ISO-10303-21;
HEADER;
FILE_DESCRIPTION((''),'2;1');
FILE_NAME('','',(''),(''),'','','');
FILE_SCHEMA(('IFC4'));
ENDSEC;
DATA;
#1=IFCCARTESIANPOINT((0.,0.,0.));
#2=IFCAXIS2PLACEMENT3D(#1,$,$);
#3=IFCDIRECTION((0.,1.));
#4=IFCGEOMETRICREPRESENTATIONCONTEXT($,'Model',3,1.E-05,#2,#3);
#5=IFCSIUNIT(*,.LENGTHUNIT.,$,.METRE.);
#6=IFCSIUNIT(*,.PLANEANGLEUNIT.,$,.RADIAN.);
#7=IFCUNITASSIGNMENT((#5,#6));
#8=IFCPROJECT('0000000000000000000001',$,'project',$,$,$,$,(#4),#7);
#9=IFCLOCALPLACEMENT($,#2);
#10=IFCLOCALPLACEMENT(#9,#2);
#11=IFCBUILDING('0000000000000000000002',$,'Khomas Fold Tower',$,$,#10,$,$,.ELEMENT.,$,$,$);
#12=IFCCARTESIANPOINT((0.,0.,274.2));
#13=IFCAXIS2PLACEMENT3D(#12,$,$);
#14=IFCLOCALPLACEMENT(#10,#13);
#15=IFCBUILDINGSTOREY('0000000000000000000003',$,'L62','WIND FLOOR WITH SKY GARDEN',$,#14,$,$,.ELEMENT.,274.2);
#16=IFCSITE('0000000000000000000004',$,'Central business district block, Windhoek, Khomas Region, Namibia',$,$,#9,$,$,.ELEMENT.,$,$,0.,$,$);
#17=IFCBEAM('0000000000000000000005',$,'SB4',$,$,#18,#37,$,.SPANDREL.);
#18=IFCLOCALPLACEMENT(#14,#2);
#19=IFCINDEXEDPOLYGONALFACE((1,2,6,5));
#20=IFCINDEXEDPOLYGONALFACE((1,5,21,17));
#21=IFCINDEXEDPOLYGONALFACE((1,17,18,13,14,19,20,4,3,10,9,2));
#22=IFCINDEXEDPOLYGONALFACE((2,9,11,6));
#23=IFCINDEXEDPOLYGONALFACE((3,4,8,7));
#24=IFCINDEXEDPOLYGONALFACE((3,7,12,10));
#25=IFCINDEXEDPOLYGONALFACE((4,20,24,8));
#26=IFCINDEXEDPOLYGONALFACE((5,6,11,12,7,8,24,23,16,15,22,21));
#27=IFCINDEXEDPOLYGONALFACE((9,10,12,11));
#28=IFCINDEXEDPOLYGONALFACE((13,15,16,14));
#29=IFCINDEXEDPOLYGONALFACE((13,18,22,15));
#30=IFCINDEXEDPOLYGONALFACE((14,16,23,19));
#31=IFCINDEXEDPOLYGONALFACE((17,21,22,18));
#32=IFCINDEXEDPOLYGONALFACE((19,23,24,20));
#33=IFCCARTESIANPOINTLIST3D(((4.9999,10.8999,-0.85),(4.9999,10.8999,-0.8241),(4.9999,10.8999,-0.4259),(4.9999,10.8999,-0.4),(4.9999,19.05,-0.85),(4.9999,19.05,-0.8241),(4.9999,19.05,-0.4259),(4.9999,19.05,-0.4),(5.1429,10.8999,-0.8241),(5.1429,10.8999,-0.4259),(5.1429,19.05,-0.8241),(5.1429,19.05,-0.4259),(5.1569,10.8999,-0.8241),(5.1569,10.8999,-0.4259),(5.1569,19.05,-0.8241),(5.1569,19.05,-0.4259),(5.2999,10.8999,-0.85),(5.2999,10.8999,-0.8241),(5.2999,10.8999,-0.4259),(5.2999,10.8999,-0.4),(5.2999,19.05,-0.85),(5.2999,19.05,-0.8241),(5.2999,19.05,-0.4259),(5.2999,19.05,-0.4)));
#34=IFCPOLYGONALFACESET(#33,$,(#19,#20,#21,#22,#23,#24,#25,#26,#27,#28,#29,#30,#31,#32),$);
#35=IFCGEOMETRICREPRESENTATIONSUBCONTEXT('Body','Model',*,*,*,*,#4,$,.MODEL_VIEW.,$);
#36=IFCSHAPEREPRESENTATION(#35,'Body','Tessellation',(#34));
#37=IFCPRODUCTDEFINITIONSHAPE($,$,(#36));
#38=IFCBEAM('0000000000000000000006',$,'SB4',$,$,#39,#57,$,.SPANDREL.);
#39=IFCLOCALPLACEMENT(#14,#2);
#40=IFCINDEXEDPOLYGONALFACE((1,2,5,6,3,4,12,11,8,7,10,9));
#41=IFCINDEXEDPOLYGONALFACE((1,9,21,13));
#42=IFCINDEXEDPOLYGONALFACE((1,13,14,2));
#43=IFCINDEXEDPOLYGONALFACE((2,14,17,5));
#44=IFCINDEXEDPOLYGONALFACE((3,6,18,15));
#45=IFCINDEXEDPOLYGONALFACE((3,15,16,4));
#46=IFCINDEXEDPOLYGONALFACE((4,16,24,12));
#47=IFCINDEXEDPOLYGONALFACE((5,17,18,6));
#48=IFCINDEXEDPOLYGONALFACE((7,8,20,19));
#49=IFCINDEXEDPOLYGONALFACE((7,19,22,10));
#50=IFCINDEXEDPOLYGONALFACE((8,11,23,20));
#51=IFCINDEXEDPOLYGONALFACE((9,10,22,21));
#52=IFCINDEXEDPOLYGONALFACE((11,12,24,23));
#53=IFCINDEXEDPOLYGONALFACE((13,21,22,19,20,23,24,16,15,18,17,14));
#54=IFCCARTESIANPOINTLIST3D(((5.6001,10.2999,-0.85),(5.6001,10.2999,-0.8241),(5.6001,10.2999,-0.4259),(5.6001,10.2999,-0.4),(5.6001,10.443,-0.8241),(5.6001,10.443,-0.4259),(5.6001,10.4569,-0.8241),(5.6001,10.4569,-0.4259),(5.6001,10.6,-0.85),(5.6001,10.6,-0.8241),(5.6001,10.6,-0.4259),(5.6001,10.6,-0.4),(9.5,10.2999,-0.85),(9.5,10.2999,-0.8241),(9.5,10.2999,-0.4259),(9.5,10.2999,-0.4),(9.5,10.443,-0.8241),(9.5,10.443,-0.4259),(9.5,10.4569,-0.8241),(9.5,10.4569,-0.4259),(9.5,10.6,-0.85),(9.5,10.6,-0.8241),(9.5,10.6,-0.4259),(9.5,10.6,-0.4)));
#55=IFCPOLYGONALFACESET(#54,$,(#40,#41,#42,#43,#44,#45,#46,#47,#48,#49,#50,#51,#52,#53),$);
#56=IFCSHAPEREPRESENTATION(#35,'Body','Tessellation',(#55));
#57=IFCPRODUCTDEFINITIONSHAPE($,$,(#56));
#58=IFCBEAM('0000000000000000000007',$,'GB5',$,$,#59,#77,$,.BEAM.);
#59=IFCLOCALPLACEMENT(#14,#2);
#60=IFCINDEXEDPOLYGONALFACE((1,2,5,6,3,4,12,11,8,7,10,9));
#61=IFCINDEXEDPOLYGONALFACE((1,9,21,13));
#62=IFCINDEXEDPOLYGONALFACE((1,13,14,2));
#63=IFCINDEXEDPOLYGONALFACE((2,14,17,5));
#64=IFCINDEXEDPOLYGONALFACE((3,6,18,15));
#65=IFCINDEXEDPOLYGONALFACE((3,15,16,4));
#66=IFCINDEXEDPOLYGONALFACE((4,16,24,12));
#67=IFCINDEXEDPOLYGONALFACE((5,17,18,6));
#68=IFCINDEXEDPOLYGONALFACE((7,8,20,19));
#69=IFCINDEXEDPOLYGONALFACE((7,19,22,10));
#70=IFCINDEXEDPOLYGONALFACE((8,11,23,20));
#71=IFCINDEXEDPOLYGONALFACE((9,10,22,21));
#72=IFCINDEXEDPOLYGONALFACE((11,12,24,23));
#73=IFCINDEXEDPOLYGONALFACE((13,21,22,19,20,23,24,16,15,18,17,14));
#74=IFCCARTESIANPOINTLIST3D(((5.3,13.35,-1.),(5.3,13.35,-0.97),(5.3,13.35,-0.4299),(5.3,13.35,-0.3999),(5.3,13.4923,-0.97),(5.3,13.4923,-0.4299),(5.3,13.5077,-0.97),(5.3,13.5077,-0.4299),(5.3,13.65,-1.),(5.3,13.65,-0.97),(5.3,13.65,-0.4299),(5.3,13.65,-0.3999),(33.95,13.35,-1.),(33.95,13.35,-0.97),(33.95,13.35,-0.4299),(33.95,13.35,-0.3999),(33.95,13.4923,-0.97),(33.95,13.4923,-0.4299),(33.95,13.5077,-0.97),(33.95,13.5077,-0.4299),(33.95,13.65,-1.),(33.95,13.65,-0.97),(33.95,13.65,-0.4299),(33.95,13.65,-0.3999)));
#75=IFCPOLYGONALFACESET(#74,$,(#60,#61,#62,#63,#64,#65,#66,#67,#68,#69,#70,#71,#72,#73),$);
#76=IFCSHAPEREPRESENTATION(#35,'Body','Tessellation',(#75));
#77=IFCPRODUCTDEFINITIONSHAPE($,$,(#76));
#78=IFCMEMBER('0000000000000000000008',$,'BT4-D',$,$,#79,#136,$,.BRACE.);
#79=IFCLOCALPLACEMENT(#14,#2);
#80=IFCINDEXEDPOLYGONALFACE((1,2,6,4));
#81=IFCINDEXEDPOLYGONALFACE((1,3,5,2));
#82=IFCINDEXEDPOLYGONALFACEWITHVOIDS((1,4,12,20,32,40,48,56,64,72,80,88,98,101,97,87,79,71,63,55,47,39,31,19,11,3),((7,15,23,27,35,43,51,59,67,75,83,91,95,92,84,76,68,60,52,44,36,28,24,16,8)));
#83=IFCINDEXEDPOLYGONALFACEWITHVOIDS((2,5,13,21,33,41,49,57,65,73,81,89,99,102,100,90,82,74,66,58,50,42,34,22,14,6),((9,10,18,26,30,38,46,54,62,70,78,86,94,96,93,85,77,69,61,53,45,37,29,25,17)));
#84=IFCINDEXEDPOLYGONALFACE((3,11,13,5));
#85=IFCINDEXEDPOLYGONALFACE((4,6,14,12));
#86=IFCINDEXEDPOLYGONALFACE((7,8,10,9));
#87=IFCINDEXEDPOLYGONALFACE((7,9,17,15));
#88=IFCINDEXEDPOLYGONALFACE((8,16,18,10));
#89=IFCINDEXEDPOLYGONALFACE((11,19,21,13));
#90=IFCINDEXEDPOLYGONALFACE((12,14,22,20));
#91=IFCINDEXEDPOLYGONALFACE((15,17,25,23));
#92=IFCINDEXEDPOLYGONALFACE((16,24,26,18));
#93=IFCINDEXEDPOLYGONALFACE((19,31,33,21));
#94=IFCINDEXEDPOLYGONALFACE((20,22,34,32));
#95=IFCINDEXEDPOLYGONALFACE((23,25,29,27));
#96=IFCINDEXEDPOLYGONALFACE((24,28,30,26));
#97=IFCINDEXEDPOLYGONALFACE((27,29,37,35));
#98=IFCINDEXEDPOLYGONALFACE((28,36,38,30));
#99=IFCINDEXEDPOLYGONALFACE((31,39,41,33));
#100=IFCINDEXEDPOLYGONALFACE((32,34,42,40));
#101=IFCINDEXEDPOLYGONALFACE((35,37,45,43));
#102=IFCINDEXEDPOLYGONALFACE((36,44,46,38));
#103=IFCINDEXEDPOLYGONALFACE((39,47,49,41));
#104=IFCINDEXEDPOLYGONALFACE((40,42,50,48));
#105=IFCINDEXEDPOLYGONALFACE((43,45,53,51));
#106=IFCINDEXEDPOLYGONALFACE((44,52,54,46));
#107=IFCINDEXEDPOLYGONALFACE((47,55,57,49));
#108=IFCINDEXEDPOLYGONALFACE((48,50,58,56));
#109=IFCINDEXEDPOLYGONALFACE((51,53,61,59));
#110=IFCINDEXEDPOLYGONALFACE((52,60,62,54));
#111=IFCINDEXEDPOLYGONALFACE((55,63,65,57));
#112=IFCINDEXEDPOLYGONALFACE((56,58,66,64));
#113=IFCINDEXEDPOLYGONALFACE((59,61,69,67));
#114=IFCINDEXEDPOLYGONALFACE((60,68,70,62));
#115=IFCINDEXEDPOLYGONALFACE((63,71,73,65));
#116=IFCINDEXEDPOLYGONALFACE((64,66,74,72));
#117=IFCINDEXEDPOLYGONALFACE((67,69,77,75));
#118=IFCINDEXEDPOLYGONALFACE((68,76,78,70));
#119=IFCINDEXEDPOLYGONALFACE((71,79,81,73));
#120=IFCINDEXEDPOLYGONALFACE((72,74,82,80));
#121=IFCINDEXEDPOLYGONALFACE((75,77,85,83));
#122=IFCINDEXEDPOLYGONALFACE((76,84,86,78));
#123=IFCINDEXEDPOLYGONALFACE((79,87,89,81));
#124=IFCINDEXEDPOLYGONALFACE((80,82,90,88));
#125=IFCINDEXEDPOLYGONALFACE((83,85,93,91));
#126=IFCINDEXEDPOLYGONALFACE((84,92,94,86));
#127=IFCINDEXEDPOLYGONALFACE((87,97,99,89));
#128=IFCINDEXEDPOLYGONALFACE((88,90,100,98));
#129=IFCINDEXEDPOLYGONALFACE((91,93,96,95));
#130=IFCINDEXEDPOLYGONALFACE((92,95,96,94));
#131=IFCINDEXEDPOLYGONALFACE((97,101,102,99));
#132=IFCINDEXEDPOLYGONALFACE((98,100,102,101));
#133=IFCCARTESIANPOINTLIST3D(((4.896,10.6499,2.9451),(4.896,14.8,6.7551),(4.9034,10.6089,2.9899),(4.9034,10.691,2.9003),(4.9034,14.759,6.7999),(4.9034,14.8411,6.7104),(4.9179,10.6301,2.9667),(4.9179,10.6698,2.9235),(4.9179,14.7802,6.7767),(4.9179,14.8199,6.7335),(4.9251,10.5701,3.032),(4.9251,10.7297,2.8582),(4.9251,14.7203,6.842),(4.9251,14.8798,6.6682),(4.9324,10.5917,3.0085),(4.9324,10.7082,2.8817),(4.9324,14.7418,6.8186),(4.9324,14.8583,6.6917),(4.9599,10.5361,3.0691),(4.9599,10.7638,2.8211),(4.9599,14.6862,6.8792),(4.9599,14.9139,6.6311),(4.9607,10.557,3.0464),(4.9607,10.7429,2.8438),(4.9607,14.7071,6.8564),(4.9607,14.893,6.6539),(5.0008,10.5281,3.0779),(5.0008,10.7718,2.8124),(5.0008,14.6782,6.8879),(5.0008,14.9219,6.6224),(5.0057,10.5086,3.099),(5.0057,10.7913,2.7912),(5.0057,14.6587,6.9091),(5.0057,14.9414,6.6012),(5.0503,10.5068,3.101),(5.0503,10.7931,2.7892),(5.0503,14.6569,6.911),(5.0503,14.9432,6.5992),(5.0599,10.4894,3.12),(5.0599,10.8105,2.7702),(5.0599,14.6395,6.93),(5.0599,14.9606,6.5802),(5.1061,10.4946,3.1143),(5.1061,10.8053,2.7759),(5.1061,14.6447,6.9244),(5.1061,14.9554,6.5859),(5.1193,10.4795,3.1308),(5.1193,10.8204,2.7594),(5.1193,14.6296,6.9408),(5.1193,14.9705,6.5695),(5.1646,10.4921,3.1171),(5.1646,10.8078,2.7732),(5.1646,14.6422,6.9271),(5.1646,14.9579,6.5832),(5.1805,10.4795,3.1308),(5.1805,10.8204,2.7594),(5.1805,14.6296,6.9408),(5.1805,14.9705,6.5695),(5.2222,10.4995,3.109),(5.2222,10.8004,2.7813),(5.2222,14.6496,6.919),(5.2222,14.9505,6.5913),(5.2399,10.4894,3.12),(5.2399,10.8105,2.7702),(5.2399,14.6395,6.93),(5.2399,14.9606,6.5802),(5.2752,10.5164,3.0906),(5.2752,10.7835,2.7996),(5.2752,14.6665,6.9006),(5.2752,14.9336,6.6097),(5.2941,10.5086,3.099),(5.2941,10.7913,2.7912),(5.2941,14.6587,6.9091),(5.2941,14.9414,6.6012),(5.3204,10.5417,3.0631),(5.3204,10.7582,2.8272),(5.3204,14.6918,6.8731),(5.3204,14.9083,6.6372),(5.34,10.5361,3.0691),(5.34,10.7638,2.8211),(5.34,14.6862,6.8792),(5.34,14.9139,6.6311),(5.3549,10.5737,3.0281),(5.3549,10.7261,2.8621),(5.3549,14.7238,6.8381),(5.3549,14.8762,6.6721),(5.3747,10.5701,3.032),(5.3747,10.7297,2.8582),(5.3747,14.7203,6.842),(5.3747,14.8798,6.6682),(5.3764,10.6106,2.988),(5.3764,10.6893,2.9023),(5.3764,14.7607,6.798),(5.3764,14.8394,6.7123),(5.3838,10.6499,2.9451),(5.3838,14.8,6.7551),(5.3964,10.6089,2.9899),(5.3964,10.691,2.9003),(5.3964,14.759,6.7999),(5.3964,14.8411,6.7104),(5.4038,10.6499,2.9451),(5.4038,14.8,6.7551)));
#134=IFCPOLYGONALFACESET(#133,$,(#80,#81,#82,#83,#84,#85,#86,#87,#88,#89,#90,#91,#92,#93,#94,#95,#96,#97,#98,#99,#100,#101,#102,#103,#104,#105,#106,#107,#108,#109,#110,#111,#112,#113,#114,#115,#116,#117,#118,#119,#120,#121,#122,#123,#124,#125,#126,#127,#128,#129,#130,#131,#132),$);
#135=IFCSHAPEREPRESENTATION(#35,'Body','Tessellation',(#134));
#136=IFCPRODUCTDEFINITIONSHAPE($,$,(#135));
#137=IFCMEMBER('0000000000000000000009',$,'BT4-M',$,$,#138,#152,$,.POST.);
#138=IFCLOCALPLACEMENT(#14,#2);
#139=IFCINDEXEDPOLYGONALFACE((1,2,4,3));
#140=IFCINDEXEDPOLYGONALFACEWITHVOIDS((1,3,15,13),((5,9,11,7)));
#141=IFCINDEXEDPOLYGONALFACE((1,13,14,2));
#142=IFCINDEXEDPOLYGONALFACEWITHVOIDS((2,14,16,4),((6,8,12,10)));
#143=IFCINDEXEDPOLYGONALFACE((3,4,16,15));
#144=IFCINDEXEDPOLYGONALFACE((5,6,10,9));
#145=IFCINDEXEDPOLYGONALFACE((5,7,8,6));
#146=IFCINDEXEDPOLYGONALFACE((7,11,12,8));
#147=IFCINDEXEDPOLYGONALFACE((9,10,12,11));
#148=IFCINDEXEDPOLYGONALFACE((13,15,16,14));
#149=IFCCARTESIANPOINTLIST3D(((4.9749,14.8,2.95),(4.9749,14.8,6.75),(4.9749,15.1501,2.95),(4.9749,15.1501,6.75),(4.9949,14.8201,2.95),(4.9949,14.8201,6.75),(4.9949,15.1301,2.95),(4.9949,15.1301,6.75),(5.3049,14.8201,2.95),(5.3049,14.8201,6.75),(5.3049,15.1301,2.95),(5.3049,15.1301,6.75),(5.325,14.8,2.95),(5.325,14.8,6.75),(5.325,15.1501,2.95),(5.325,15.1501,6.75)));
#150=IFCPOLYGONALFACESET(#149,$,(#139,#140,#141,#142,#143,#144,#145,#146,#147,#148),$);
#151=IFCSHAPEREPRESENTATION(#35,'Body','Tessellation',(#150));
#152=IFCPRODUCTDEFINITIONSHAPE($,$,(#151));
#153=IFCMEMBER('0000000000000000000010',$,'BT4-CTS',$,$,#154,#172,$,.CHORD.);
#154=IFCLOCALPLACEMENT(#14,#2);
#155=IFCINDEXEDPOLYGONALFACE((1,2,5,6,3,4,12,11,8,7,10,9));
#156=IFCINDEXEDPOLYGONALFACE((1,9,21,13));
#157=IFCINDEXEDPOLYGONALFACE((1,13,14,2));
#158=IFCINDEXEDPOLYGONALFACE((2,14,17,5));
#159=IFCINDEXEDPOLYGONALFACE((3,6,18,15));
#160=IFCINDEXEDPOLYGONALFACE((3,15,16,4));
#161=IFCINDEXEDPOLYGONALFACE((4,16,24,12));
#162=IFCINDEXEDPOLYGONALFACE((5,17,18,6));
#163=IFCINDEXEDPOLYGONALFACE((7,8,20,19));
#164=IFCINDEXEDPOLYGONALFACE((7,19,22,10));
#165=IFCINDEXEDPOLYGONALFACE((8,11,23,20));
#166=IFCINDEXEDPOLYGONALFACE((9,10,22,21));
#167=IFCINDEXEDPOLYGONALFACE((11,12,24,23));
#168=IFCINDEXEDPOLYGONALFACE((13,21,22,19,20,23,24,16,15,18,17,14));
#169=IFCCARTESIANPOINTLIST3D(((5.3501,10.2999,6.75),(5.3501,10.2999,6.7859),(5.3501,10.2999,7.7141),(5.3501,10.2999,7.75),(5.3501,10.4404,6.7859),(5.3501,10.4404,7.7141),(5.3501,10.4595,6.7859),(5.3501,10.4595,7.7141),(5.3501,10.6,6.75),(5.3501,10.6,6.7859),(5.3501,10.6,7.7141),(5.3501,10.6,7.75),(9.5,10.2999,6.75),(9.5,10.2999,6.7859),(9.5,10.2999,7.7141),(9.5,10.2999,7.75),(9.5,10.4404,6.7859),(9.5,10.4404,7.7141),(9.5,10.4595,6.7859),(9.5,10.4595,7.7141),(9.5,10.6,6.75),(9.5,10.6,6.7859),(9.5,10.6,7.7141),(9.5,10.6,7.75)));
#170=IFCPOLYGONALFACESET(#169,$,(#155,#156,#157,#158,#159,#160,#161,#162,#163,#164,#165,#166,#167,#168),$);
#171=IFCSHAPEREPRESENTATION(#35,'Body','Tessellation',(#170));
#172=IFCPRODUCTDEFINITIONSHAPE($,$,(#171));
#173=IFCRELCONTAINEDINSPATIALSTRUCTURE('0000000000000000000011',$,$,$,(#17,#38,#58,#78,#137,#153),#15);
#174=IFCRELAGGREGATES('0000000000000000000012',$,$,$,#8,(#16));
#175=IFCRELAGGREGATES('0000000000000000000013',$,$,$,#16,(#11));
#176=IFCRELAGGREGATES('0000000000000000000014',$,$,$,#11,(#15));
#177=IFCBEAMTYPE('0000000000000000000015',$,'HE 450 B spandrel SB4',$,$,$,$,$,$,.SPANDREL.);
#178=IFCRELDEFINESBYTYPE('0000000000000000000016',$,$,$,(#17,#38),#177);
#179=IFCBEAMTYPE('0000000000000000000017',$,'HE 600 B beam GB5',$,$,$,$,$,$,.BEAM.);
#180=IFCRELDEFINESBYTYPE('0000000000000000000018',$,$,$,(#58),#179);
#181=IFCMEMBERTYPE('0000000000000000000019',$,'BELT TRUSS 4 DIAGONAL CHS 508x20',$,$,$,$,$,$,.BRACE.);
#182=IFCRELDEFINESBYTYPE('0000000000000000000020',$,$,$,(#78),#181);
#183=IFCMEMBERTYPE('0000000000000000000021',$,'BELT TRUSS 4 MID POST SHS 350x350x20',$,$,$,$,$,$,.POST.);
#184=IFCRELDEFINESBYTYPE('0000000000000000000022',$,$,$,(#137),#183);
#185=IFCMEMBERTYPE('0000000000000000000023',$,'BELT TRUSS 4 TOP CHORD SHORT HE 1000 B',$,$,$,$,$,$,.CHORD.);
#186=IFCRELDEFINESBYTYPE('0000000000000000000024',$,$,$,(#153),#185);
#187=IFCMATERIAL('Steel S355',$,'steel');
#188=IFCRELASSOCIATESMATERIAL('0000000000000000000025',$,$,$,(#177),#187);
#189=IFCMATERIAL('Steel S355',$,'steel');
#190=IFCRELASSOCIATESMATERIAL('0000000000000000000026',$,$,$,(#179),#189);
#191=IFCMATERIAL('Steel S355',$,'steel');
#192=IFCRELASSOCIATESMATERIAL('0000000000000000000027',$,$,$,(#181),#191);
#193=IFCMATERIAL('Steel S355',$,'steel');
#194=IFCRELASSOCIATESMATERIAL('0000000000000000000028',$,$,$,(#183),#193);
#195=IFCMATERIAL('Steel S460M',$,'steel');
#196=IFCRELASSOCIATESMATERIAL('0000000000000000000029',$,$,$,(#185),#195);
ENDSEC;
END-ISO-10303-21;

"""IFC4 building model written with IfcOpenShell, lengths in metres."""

from ifc_helpers import new_model, si_unit, direction, frame, origin, origin_2d, place, context, subcontext, project, spatial, hollow_rectangle, hollow_circle, i_section, extrude, source, transform, mapped, material, material_profile, profile_set, type_object, element, save


model = new_model("IFC4")

# Units and contexts
model_context = context("Model", 3, precision=1e-05, world=origin(), true_north=direction((0.0, 1.0)))
body_context = subcontext(model_context, "Body", "Model", "MODEL_VIEW")
ifc_project = project(units=[si_unit("LENGTHUNIT", "METRE"), si_unit("PLANEANGLEUNIT", "RADIAN")], contexts=[model_context])

# Site, building, storey
site_placement = place(None, origin())
site = spatial("IfcSite", under=ifc_project, at=site_placement, Name="Central business district block, Windhoek, Khomas Region, Namibia", CompositionType="ELEMENT", RefElevation=0.0)
building_placement = place(site_placement, origin())
building = spatial("IfcBuilding", under=site, at=building_placement, Name="Khomas Fold Tower", CompositionType="ELEMENT")
storey_placement = place(building_placement, frame((0.0, 0.0, 274.2)))
storey = spatial("IfcBuildingStorey", under=building, at=storey_placement, Name="L62", Description="WIND FLOOR WITH SKY GARDEN", CompositionType="ELEMENT", Elevation=274.2)

# Beams
ifc_material_1 = material(Name="Steel S355", Category="steel")
ifc_material_profile_1 = material_profile(ifc_material_1, i_section(OverallWidth=0.3, OverallDepth=0.45, WebThickness=0.0139, FlangeThickness=0.0259, at=origin_2d()), Name="HE 450 B")
ifc_profile_set_1 = profile_set([ifc_material_profile_1], Name="Steel S355")
beam_type_1 = type_object("IfcBeamType", Name="HE 450 B spandrel SB4", PredefinedType="SPANDREL", material=ifc_profile_set_1)
shared_shape_1 = source(origin(), body_context, "Body", "SweptSolid", [
    extrude(i_section(OverallWidth=0.3, OverallDepth=0.45, WebThickness=0.0139, FlangeThickness=0.0259, at=origin_2d()), origin(), (0.0, 0.0, 1.0), 8.1501),
])
beam_1_placement = place(storey_placement, frame((5.1499, 10.8999, -0.625), z_axis=(0.0, 1.0, 0.0), x_axis=(-1.0, 0.0, 0.0)))
element("IfcBeam", 1, at=beam_1_placement, inside=storey, type_object=beam_type_1, Name="SB4", PredefinedType="SPANDREL", context=body_context, shape_type="MappedRepresentation", body=[
    mapped(shared_shape_1, transform((0.0, 0.0, 0.0))),
])
shared_shape_2 = source(origin(), body_context, "Body", "SweptSolid", [
    extrude(i_section(OverallWidth=0.3, OverallDepth=0.45, WebThickness=0.0139, FlangeThickness=0.0259, at=origin_2d()), origin(), (0.0, 0.0, 1.0), 3.8999),
])
beam_2_placement = place(storey_placement, frame((5.6001, 10.45, -0.625), z_axis=(1.0, 0.0, 0.0), x_axis=(0.0, 1.0, 0.0)))
element("IfcBeam", 2, at=beam_2_placement, inside=storey, type_object=beam_type_1, Name="SB4", PredefinedType="SPANDREL", context=body_context, shape_type="MappedRepresentation", body=[
    mapped(shared_shape_2, transform((0.0, 0.0, 0.0))),
])
ifc_material_2 = material(Name="Steel S355", Category="steel")
ifc_material_profile_2 = material_profile(ifc_material_2, i_section(OverallWidth=0.3, OverallDepth=0.6001, WebThickness=0.0154, FlangeThickness=0.03, at=origin_2d()), Name="HE 600 B")
ifc_profile_set_2 = profile_set([ifc_material_profile_2], Name="Steel S355")
beam_type_2 = type_object("IfcBeamType", Name="HE 600 B beam GB5", PredefinedType="BEAM", material=ifc_profile_set_2)
shared_shape_3 = source(origin(), body_context, "Body", "SweptSolid", [
    extrude(i_section(OverallWidth=0.3, OverallDepth=0.6001, WebThickness=0.0154, FlangeThickness=0.03, at=origin_2d()), origin(), (0.0, 0.0, 1.0), 28.6499),
])
beam_3_placement = place(storey_placement, frame((5.3, 13.5, -0.7), z_axis=(1.0, 0.0, 0.0), x_axis=(0.0, 1.0, 0.0)))
element("IfcBeam", 3, at=beam_3_placement, inside=storey, type_object=beam_type_2, Name="GB5", PredefinedType="BEAM", context=body_context, shape_type="MappedRepresentation", body=[
    mapped(shared_shape_3, transform((0.0, 0.0, 0.0))),
])

# Members
ifc_material_3 = material(Name="Steel S355", Category="steel")
ifc_material_profile_3 = material_profile(ifc_material_3, hollow_circle(Radius=0.2539, WallThickness=0.02, at=origin_2d()), Name="CHS 508x20")
ifc_profile_set_3 = profile_set([ifc_material_profile_3], Name="Steel S355")
member_type_1 = type_object("IfcMemberType", Name="BELT TRUSS 4 DIAGONAL CHS 508x20", PredefinedType="BRACE", material=ifc_profile_set_3)
shared_shape_4 = source(origin(), body_context, "Body", "SweptSolid", [
    extrude(hollow_circle(Radius=0.2539, WallThickness=0.02, at=origin_2d()), origin(), (0.0, 0.0, 1.0), 5.6338),
])
member_1_placement = place(storey_placement, frame((5.1499, 14.8, 6.7551), z_axis=(0.0, -0.736645, -0.67628), x_axis=(1.0, 0.0, 0.0)))
element("IfcMember", 4, at=member_1_placement, inside=storey, type_object=member_type_1, Name="BT4-D", PredefinedType="BRACE", context=body_context, shape_type="MappedRepresentation", body=[
    mapped(shared_shape_4, transform((0.0, 0.0, 0.0))),
])
ifc_material_4 = material(Name="Steel S355", Category="steel")
ifc_material_profile_4 = material_profile(ifc_material_4, hollow_rectangle(XDim=0.3501, YDim=0.3501, WallThickness=0.02, at=origin_2d()), Name="SHS 350x350x20")
ifc_profile_set_4 = profile_set([ifc_material_profile_4], Name="Steel S355")
member_type_2 = type_object("IfcMemberType", Name="BELT TRUSS 4 MID POST SHS 350x350x20", PredefinedType="POST", material=ifc_profile_set_4)
shared_shape_5 = source(origin(), body_context, "Body", "SweptSolid", [
    extrude(hollow_rectangle(XDim=0.3501, YDim=0.3501, WallThickness=0.02, at=origin_2d()), origin(), (0.0, 0.0, 1.0), 3.8),
])
member_2_placement = place(storey_placement, frame((5.1499, 14.9751, 2.95), z_axis=(0.0, 0.0, 1.0), x_axis=(1.0, 0.0, 0.0)))
element("IfcMember", 5, at=member_2_placement, inside=storey, type_object=member_type_2, Name="BT4-M", PredefinedType="POST", context=body_context, shape_type="MappedRepresentation", body=[
    mapped(shared_shape_5, transform((0.0, 0.0, 0.0))),
])
ifc_material_5 = material(Name="Steel S460M", Category="steel")
ifc_material_profile_5 = material_profile(ifc_material_5, i_section(OverallWidth=0.3, OverallDepth=1.0, WebThickness=0.019, FlangeThickness=0.0359, at=origin_2d()), Name="HE 1000 B")
ifc_profile_set_5 = profile_set([ifc_material_profile_5], Name="Steel S460M")
member_type_3 = type_object("IfcMemberType", Name="BELT TRUSS 4 TOP CHORD SHORT HE 1000 B", PredefinedType="CHORD", material=ifc_profile_set_5)
shared_shape_6 = source(origin(), body_context, "Body", "SweptSolid", [
    extrude(i_section(OverallWidth=0.3, OverallDepth=1.0, WebThickness=0.019, FlangeThickness=0.0359, at=origin_2d()), origin(), (0.0, 0.0, 1.0), 4.1499),
])
member_3_placement = place(storey_placement, frame((5.3501, 10.45, 7.25), z_axis=(1.0, 0.0, 0.0), x_axis=(0.0, 1.0, 0.0)))
element("IfcMember", 6, at=member_3_placement, inside=storey, type_object=member_type_3, Name="BT4-CTS", PredefinedType="CHORD", context=body_context, shape_type="MappedRepresentation", body=[
    mapped(shared_shape_6, transform((0.0, 0.0, 0.0))),
])

save(model, "model.ifc")
